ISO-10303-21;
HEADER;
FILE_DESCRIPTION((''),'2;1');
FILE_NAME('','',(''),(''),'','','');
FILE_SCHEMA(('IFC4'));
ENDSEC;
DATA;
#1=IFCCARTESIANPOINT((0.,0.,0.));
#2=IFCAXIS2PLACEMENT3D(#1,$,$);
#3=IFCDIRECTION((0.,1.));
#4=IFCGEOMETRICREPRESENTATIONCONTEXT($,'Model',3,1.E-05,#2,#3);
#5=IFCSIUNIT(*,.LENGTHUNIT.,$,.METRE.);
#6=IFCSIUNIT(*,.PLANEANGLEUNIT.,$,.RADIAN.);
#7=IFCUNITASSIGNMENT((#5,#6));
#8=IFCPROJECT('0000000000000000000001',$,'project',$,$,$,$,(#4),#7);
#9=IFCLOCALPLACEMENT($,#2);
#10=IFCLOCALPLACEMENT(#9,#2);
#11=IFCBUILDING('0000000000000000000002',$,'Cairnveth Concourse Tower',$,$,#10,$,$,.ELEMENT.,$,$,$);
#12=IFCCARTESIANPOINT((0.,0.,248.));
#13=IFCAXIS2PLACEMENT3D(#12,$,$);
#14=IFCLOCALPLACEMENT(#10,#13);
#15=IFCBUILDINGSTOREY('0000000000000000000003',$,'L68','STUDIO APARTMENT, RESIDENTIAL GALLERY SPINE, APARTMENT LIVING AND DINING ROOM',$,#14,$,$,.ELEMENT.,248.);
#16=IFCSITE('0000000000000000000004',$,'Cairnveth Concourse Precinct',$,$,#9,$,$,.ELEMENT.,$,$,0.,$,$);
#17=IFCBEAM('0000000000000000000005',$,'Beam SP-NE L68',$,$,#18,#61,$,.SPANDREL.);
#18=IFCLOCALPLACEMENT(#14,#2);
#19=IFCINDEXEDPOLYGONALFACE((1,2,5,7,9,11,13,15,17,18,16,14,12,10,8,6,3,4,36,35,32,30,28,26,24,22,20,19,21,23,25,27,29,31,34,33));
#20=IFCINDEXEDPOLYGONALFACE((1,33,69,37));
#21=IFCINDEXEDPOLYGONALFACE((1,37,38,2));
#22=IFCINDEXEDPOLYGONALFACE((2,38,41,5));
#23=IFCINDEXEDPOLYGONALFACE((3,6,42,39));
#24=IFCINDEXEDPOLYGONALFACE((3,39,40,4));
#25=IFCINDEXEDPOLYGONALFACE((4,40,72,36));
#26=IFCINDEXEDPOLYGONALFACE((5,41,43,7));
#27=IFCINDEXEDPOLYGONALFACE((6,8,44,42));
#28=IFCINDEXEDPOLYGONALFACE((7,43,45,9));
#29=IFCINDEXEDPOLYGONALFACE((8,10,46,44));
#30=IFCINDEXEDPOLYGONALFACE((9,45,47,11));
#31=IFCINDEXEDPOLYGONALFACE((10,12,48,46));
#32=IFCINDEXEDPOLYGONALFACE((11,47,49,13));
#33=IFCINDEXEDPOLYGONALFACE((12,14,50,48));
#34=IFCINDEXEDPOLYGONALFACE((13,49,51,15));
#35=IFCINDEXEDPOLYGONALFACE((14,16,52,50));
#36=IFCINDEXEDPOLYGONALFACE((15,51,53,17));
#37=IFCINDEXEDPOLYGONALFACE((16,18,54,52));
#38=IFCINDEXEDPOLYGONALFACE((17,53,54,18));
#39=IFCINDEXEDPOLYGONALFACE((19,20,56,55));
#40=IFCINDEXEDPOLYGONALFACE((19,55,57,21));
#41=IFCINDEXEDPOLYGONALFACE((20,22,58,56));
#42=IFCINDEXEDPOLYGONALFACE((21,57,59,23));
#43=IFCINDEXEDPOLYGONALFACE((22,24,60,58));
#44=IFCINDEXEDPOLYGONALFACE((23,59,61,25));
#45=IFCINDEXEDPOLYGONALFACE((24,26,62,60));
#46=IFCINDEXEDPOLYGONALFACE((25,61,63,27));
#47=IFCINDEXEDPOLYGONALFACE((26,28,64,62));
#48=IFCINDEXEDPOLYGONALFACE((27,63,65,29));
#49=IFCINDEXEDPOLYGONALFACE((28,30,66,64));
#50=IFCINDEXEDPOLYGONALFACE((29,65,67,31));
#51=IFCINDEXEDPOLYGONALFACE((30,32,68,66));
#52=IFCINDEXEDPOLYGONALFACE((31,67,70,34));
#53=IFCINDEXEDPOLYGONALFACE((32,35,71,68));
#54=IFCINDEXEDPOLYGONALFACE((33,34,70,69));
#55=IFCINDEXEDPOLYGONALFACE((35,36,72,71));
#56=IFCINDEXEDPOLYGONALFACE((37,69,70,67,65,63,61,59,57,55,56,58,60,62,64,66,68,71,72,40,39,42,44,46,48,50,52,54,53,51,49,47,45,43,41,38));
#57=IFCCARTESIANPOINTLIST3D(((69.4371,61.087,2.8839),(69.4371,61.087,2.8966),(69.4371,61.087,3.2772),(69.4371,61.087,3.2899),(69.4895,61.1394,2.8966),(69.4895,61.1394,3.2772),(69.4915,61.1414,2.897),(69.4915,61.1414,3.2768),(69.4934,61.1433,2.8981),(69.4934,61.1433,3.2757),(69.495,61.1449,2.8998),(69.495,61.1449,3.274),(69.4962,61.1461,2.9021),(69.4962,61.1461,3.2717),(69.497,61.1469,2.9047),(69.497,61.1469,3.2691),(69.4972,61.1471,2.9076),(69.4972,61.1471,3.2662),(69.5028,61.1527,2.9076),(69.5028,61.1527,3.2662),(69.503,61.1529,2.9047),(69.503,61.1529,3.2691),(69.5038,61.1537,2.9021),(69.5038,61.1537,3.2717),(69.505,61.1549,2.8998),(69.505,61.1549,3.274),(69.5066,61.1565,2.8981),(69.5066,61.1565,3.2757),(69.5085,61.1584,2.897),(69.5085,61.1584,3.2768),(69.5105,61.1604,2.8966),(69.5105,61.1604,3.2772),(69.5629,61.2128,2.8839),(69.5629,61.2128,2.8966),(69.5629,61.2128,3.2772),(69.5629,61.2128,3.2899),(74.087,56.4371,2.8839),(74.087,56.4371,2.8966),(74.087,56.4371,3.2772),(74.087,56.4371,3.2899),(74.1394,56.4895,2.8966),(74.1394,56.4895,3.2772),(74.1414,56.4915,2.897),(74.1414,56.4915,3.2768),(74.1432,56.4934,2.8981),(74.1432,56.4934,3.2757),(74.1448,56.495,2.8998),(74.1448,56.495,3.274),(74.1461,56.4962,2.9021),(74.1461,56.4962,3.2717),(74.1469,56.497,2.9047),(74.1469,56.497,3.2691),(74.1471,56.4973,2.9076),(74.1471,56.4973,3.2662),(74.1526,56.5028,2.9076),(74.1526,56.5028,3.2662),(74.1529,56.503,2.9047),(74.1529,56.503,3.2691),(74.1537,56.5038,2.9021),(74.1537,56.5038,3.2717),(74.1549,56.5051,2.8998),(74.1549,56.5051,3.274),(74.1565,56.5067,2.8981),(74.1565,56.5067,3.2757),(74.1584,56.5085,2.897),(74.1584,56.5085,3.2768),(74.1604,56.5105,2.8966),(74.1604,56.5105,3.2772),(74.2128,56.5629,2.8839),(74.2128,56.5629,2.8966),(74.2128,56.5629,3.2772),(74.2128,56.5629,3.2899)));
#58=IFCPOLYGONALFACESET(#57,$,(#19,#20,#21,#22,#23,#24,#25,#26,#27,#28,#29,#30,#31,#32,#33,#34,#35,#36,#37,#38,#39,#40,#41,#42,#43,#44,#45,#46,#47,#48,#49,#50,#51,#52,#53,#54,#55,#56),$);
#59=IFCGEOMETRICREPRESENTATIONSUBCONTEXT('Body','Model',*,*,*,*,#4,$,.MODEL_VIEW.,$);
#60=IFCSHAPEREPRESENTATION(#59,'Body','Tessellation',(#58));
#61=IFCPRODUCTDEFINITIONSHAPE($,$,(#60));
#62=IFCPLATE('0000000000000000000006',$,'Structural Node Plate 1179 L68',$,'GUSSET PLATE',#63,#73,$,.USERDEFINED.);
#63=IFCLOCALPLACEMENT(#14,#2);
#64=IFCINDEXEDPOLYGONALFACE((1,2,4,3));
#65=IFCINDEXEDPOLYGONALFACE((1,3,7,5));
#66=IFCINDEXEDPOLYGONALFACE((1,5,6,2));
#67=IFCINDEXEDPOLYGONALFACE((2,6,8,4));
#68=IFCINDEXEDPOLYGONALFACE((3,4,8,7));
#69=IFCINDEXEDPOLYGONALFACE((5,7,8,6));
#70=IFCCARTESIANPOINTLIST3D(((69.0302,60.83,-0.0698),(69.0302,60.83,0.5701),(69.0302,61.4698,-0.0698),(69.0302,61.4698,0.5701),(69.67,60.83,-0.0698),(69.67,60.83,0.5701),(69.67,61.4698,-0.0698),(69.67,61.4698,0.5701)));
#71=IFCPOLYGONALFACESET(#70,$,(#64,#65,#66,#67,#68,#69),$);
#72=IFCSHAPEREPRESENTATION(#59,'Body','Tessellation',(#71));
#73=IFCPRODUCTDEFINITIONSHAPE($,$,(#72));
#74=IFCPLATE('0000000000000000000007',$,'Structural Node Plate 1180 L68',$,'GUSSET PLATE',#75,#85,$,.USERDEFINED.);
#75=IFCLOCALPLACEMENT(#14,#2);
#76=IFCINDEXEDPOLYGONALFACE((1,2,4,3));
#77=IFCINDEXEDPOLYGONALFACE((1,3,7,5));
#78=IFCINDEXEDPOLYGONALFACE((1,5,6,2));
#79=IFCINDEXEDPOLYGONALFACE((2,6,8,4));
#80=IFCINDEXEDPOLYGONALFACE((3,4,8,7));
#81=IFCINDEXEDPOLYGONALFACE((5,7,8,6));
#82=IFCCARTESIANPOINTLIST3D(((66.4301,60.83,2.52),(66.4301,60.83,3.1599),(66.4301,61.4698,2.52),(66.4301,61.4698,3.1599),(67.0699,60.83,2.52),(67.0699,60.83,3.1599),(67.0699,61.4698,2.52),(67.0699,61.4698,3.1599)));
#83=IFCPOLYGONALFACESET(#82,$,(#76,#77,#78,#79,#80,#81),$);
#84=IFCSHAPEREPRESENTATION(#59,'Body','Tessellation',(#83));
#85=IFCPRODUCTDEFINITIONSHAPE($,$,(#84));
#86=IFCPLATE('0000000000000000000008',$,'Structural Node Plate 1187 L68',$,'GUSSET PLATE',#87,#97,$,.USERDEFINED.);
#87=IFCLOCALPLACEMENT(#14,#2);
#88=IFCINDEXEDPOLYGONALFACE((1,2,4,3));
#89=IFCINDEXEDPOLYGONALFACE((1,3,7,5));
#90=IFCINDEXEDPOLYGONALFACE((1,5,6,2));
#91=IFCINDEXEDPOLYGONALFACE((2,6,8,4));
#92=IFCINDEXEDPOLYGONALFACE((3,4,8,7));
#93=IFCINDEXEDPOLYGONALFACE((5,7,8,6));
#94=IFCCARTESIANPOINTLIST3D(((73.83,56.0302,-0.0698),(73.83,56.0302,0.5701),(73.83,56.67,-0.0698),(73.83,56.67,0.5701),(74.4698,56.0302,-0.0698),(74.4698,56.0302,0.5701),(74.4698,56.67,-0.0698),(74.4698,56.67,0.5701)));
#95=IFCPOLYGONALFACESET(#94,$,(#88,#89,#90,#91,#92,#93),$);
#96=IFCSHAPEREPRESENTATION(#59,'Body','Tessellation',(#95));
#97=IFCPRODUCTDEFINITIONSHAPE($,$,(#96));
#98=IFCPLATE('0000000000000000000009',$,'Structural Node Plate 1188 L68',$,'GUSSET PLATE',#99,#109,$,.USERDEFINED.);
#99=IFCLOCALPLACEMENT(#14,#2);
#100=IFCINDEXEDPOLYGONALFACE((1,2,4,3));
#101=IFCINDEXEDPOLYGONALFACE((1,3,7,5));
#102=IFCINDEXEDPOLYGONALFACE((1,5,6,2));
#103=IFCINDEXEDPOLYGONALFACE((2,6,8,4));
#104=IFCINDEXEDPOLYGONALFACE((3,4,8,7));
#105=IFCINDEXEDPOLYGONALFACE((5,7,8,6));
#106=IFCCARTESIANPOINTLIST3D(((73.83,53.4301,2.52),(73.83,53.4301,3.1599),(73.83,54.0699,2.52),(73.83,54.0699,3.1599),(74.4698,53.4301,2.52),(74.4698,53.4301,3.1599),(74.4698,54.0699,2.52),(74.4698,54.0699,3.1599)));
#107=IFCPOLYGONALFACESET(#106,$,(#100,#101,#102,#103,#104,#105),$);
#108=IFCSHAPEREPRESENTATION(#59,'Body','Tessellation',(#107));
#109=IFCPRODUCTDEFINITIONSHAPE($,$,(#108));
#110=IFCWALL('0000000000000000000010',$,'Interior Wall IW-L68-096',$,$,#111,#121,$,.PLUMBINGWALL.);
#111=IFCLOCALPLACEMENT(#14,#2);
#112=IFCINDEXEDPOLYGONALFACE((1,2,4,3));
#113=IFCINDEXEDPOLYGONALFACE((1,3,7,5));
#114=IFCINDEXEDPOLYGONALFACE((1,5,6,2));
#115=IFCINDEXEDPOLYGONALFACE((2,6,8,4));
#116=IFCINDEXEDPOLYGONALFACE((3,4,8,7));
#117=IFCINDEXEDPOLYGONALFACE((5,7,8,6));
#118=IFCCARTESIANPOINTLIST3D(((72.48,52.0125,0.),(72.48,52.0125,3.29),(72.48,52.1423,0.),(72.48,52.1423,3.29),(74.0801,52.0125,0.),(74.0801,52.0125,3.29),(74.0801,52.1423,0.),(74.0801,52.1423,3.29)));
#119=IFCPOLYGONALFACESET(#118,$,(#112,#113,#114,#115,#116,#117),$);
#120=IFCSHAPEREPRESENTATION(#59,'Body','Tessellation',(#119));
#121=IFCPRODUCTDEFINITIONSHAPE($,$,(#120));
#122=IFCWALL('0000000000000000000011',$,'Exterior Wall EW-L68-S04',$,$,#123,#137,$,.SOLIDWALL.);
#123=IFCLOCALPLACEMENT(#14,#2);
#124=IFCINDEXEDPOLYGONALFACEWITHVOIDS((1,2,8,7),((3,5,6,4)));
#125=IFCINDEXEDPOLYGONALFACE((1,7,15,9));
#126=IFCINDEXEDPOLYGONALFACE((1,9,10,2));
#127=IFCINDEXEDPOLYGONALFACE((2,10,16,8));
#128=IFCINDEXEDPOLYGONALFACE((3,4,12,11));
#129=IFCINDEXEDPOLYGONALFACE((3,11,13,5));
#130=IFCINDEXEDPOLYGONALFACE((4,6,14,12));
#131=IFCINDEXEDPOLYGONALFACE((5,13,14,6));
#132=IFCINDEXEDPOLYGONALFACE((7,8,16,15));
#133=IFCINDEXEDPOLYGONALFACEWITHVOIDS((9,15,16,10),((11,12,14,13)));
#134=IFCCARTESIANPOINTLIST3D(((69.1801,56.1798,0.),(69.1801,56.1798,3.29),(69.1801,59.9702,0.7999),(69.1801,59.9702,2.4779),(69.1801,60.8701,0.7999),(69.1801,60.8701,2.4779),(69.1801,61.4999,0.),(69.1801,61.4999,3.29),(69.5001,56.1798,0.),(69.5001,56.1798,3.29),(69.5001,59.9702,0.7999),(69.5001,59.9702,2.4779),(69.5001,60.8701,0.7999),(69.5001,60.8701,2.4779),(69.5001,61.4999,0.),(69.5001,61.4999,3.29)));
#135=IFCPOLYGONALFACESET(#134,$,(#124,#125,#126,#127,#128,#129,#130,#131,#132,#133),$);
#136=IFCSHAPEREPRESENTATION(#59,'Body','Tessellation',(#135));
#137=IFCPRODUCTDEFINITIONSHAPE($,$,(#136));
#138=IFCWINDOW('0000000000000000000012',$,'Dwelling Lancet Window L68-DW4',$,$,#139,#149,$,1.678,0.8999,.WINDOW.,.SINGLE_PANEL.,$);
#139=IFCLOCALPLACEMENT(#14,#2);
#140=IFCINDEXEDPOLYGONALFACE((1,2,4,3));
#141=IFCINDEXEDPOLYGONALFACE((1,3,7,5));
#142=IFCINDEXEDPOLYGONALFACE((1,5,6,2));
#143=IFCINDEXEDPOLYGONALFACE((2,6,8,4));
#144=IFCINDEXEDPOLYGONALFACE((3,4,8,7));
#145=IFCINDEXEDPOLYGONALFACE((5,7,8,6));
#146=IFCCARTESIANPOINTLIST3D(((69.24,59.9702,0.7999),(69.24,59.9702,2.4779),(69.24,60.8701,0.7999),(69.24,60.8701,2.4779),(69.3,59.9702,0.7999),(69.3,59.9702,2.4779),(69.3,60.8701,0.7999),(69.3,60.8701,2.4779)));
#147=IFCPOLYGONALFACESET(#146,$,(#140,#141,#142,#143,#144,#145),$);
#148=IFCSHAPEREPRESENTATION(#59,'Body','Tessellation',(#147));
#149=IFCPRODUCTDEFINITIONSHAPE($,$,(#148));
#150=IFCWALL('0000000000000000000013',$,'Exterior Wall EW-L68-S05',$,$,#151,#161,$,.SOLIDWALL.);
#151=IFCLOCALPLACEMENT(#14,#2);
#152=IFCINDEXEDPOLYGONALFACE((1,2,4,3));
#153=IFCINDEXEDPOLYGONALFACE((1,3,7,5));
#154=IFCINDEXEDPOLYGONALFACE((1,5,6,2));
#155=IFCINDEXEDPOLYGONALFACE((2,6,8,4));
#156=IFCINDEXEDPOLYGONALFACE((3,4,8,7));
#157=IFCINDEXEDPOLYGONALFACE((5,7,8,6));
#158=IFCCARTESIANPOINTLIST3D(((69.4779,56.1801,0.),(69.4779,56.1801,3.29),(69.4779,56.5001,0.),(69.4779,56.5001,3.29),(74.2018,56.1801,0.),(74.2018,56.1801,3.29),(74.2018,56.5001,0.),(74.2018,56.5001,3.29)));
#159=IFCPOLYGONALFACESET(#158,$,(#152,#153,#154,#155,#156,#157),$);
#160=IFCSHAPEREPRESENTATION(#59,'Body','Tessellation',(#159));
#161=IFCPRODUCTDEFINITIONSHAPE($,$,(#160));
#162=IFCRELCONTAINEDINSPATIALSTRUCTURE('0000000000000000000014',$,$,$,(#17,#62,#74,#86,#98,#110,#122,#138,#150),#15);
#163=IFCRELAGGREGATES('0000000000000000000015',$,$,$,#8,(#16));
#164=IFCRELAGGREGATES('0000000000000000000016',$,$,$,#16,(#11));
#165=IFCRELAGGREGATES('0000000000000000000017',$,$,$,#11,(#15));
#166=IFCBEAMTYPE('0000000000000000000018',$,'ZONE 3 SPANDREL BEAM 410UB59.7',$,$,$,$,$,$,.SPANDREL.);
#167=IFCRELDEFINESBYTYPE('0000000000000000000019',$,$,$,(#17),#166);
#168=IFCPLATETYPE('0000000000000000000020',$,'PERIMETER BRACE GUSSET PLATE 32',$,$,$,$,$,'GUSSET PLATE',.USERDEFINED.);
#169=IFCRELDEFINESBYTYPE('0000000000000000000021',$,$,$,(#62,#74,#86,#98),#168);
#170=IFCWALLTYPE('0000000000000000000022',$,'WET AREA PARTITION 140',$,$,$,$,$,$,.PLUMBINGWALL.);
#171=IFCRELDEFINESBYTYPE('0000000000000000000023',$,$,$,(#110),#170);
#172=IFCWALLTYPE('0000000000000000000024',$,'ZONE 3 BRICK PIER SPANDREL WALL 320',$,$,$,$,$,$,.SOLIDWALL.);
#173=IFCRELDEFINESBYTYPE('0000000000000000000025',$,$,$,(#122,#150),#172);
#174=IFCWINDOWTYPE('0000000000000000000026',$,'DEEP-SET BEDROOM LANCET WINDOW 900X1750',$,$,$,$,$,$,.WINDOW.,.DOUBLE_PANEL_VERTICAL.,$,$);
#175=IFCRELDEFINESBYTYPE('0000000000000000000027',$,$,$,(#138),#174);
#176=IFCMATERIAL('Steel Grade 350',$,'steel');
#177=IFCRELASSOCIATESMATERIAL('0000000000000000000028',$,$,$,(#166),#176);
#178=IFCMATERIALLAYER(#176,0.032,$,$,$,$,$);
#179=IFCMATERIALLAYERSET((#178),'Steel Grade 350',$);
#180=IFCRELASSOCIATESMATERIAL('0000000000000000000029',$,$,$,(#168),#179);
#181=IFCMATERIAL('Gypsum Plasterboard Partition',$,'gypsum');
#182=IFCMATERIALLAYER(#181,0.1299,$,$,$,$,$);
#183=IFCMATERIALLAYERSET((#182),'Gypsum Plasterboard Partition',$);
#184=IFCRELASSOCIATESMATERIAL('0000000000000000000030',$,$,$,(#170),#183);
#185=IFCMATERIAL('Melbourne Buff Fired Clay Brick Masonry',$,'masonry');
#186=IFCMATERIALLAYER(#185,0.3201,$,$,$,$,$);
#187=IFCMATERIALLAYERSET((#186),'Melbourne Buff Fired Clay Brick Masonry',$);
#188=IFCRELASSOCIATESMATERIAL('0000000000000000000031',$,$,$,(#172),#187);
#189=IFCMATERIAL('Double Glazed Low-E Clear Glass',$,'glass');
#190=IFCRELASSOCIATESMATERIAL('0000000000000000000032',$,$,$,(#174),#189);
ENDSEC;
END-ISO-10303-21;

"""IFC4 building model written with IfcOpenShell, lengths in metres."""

from ifc_helpers import new_model, si_unit, direction, frame, frame_2d, origin, origin_2d, place, context, subcontext, project, spatial, rectangle, i_section, extrude, material, layer, layer_set, material_profile, profile_set, type_object, element, fill, save


model = new_model("IFC4")

# Units and contexts
model_context = context("Model", 3, precision=1e-05, world=origin(), true_north=direction((0.0, 1.0)))
body_context = subcontext(model_context, "Body", "Model", "MODEL_VIEW")
ifc_project = project(units=[si_unit("LENGTHUNIT", "METRE"), si_unit("PLANEANGLEUNIT", "RADIAN")], contexts=[model_context])

# Site, building, storey
site_placement = place(None, origin())
site = spatial("IfcSite", under=ifc_project, at=site_placement, Name="Cairnveth Concourse Precinct", CompositionType="ELEMENT", RefElevation=0.0)
building_placement = place(site_placement, origin())
building = spatial("IfcBuilding", under=site, at=building_placement, Name="Cairnveth Concourse Tower", CompositionType="ELEMENT")
storey_placement = place(building_placement, frame((0.0, 0.0, 248.0)))
storey = spatial("IfcBuildingStorey", under=building, at=storey_placement, Name="L68", Description="STUDIO APARTMENT, RESIDENTIAL GALLERY SPINE, APARTMENT LIVING AND DINING ROOM", CompositionType="ELEMENT", Elevation=248.0)

# Shared definitions
ifc_material_1 = material(Name="Steel Grade 350", Category="steel")

# Beam
ifc_material_profile_1 = material_profile(ifc_material_1, i_section(OverallWidth=0.178, OverallDepth=0.406, WebThickness=0.0078, FlangeThickness=0.0127, FilletRadius=0.011, at=origin_2d()), Name="410UB59.7")
ifc_profile_set_1 = profile_set([ifc_material_profile_1], Name="Steel Grade 350")
beam_type_1 = type_object("IfcBeamType", Name="ZONE 3 SPANDREL BEAM 410UB59.7", PredefinedType="SPANDREL", material=ifc_profile_set_1)
beam_1_placement = place(storey_placement, frame((69.5, 61.1499, 3.0869), z_axis=(0.707107, -0.707107, 0.0), x_axis=(0.707107, 0.707107, 0.0)))
element("IfcBeam", 1, at=beam_1_placement, inside=storey, type_object=beam_type_1, Name="Beam SP-NE L68", PredefinedType="SPANDREL", context=body_context, shape_type="SweptSolid", body=[
    extrude(i_section(OverallWidth=0.178, OverallDepth=0.406, WebThickness=0.0078, FlangeThickness=0.0127, FilletRadius=0.011, at=origin_2d()), origin(), (0.0, 0.0, 1.0), 6.5759),
])

# Plates
ifc_layer_1 = layer(ifc_material_1, 0.032)
ifc_layer_set_1 = layer_set([ifc_layer_1], Name="Steel Grade 350")
plate_type = type_object("IfcPlateType", Name="PERIMETER BRACE GUSSET PLATE 32", ElementType="GUSSET PLATE", PredefinedType="USERDEFINED", material=ifc_layer_set_1)
for number, where, z_axis, x_axis, name in (
    (2, (69.3501, 61.1499, -0.0698), (0.0, 0.0, 1.0), (1.0, 0.0, 0.0), "Structural Node Plate 1179 L68"),
    (3, (66.75, 61.1499, 2.52), (0.0, 0.0, 1.0), (1.0, 0.0, 0.0), "Structural Node Plate 1180 L68"),
    (4, (74.1499, 56.3501, -0.0698), (0.0, 0.0, 1.0), (1.0, 0.0, 0.0), "Structural Node Plate 1187 L68"),
    (5, (74.1499, 53.75, 2.52), (0.0, 0.0, 1.0), (1.0, 0.0, 0.0), "Structural Node Plate 1188 L68"),
):
    element("IfcPlate", number, at=place(storey_placement, frame(where, z_axis=z_axis, x_axis=x_axis)), inside=storey, type_object=plate_type, Name=name, ObjectType="GUSSET PLATE", PredefinedType="USERDEFINED", context=body_context, shape_type="SweptSolid", body=[
        extrude(rectangle(XDim=0.6399, YDim=0.6399, at=origin_2d()), origin(), (0.0, 0.0, 1.0), 0.6399),
    ])

# Wall
ifc_material_2 = material(Name="Gypsum Plasterboard Partition", Category="gypsum")
ifc_layer_2 = layer(ifc_material_2, 0.1299)
ifc_layer_set_2 = layer_set([ifc_layer_2], Name="Gypsum Plasterboard Partition")
wall_type_1 = type_object("IfcWallType", Name="WET AREA PARTITION 140", PredefinedType="PLUMBINGWALL", material=ifc_layer_set_2)
wall_1_placement = place(storey_placement, frame((72.48, 52.0774, 0.0), z_axis=(0.0, 0.0, 1.0), x_axis=(1.0, 0.0, 0.0)))
element("IfcWall", 6, at=wall_1_placement, inside=storey, type_object=wall_type_1, Name="Interior Wall IW-L68-096", PredefinedType="PLUMBINGWALL", context=body_context, shape_type="SweptSolid", body=[
    extrude(rectangle(XDim=1.6001, YDim=0.1299, at=frame_2d((0.8, 0.0))), origin(), (0.0, 0.0, 1.0), 3.29),
])

# Wall, opening, window
ifc_material_3 = material(Name="Melbourne Buff Fired Clay Brick Masonry", Category="masonry")
ifc_layer_3 = layer(ifc_material_3, 0.3201)
ifc_layer_set_3 = layer_set([ifc_layer_3], Name="Melbourne Buff Fired Clay Brick Masonry")
wall_type_2 = type_object("IfcWallType", Name="ZONE 3 BRICK PIER SPANDREL WALL 320", PredefinedType="SOLIDWALL", material=ifc_layer_set_3)
wall_2_placement = place(storey_placement, frame((69.3401, 61.5, 0.0), z_axis=(0.0, 0.0, 1.0), x_axis=(0.0, -1.0, 0.0)))
wall_2 = element("IfcWall", 7, at=wall_2_placement, inside=storey, type_object=wall_type_2, Name="Exterior Wall EW-L68-S04", PredefinedType="SOLIDWALL", context=body_context, shape_type="SweptSolid", body=[
    extrude(rectangle(XDim=5.3201, YDim=0.3201, at=frame_2d((2.6602, 0.0))), origin(), (0.0, 0.0, 1.0), 3.29),
])
opening_1_placement = place(wall_2_placement, frame((0.6299, 0.0, 0.8)))
opening_1 = element("IfcOpeningElement", 8, at=opening_1_placement, cuts=wall_2, PredefinedType="OPENING", context=body_context, shape_type="SweptSolid", body=[
    extrude(rectangle(XDim=0.8999, YDim=1.678, at=frame_2d((0.45, 0.8389))), frame((0.0, 0.1699, 0.0), z_axis=(0.0, -1.0, 0.0), x_axis=(1.0, 0.0, 0.0)), (0.0, 0.0, 1.0), 0.3401),
])
ifc_material_4 = material(Name="Double Glazed Low-E Clear Glass", Category="glass")
window_type_1 = type_object("IfcWindowType", Name="DEEP-SET BEDROOM LANCET WINDOW 900X1750", PartitioningType="DOUBLE_PANEL_VERTICAL", PredefinedType="WINDOW", material=ifc_material_4)
window_1_placement = place(opening_1_placement, origin())
window_1 = element("IfcWindow", 9, at=window_1_placement, inside=storey, type_object=window_type_1, Name="Dwelling Lancet Window L68-DW4", OverallHeight=1.678, OverallWidth=0.8999, PartitioningType="SINGLE_PANEL", PredefinedType="WINDOW", context=body_context, shape_type="SweptSolid", body=[
    extrude(rectangle(XDim=0.8999, YDim=1.678, at=frame_2d((0.45, 0.8389))), frame((0.0, -0.04, 0.0), z_axis=(0.0, -1.0, 0.0), x_axis=(1.0, 0.0, 0.0)), (0.0, 0.0, 1.0), 0.0601),
])
fill(opening_1, window_1)

# Wall
wall_3_placement = place(storey_placement, frame((69.478, 56.3401, 0.0), z_axis=(0.0, 0.0, 1.0), x_axis=(1.0, 0.0, 0.0)))
element("IfcWall", 10, at=wall_3_placement, inside=storey, type_object=wall_type_2, Name="Exterior Wall EW-L68-S05", PredefinedType="SOLIDWALL", context=body_context, shape_type="SweptSolid", body=[
    extrude(rectangle(XDim=4.7239, YDim=0.3201, at=frame_2d((2.3618, 0.0))), origin(), (0.0, 0.0, 1.0), 3.29),
])

save(model, "model.ifc")
